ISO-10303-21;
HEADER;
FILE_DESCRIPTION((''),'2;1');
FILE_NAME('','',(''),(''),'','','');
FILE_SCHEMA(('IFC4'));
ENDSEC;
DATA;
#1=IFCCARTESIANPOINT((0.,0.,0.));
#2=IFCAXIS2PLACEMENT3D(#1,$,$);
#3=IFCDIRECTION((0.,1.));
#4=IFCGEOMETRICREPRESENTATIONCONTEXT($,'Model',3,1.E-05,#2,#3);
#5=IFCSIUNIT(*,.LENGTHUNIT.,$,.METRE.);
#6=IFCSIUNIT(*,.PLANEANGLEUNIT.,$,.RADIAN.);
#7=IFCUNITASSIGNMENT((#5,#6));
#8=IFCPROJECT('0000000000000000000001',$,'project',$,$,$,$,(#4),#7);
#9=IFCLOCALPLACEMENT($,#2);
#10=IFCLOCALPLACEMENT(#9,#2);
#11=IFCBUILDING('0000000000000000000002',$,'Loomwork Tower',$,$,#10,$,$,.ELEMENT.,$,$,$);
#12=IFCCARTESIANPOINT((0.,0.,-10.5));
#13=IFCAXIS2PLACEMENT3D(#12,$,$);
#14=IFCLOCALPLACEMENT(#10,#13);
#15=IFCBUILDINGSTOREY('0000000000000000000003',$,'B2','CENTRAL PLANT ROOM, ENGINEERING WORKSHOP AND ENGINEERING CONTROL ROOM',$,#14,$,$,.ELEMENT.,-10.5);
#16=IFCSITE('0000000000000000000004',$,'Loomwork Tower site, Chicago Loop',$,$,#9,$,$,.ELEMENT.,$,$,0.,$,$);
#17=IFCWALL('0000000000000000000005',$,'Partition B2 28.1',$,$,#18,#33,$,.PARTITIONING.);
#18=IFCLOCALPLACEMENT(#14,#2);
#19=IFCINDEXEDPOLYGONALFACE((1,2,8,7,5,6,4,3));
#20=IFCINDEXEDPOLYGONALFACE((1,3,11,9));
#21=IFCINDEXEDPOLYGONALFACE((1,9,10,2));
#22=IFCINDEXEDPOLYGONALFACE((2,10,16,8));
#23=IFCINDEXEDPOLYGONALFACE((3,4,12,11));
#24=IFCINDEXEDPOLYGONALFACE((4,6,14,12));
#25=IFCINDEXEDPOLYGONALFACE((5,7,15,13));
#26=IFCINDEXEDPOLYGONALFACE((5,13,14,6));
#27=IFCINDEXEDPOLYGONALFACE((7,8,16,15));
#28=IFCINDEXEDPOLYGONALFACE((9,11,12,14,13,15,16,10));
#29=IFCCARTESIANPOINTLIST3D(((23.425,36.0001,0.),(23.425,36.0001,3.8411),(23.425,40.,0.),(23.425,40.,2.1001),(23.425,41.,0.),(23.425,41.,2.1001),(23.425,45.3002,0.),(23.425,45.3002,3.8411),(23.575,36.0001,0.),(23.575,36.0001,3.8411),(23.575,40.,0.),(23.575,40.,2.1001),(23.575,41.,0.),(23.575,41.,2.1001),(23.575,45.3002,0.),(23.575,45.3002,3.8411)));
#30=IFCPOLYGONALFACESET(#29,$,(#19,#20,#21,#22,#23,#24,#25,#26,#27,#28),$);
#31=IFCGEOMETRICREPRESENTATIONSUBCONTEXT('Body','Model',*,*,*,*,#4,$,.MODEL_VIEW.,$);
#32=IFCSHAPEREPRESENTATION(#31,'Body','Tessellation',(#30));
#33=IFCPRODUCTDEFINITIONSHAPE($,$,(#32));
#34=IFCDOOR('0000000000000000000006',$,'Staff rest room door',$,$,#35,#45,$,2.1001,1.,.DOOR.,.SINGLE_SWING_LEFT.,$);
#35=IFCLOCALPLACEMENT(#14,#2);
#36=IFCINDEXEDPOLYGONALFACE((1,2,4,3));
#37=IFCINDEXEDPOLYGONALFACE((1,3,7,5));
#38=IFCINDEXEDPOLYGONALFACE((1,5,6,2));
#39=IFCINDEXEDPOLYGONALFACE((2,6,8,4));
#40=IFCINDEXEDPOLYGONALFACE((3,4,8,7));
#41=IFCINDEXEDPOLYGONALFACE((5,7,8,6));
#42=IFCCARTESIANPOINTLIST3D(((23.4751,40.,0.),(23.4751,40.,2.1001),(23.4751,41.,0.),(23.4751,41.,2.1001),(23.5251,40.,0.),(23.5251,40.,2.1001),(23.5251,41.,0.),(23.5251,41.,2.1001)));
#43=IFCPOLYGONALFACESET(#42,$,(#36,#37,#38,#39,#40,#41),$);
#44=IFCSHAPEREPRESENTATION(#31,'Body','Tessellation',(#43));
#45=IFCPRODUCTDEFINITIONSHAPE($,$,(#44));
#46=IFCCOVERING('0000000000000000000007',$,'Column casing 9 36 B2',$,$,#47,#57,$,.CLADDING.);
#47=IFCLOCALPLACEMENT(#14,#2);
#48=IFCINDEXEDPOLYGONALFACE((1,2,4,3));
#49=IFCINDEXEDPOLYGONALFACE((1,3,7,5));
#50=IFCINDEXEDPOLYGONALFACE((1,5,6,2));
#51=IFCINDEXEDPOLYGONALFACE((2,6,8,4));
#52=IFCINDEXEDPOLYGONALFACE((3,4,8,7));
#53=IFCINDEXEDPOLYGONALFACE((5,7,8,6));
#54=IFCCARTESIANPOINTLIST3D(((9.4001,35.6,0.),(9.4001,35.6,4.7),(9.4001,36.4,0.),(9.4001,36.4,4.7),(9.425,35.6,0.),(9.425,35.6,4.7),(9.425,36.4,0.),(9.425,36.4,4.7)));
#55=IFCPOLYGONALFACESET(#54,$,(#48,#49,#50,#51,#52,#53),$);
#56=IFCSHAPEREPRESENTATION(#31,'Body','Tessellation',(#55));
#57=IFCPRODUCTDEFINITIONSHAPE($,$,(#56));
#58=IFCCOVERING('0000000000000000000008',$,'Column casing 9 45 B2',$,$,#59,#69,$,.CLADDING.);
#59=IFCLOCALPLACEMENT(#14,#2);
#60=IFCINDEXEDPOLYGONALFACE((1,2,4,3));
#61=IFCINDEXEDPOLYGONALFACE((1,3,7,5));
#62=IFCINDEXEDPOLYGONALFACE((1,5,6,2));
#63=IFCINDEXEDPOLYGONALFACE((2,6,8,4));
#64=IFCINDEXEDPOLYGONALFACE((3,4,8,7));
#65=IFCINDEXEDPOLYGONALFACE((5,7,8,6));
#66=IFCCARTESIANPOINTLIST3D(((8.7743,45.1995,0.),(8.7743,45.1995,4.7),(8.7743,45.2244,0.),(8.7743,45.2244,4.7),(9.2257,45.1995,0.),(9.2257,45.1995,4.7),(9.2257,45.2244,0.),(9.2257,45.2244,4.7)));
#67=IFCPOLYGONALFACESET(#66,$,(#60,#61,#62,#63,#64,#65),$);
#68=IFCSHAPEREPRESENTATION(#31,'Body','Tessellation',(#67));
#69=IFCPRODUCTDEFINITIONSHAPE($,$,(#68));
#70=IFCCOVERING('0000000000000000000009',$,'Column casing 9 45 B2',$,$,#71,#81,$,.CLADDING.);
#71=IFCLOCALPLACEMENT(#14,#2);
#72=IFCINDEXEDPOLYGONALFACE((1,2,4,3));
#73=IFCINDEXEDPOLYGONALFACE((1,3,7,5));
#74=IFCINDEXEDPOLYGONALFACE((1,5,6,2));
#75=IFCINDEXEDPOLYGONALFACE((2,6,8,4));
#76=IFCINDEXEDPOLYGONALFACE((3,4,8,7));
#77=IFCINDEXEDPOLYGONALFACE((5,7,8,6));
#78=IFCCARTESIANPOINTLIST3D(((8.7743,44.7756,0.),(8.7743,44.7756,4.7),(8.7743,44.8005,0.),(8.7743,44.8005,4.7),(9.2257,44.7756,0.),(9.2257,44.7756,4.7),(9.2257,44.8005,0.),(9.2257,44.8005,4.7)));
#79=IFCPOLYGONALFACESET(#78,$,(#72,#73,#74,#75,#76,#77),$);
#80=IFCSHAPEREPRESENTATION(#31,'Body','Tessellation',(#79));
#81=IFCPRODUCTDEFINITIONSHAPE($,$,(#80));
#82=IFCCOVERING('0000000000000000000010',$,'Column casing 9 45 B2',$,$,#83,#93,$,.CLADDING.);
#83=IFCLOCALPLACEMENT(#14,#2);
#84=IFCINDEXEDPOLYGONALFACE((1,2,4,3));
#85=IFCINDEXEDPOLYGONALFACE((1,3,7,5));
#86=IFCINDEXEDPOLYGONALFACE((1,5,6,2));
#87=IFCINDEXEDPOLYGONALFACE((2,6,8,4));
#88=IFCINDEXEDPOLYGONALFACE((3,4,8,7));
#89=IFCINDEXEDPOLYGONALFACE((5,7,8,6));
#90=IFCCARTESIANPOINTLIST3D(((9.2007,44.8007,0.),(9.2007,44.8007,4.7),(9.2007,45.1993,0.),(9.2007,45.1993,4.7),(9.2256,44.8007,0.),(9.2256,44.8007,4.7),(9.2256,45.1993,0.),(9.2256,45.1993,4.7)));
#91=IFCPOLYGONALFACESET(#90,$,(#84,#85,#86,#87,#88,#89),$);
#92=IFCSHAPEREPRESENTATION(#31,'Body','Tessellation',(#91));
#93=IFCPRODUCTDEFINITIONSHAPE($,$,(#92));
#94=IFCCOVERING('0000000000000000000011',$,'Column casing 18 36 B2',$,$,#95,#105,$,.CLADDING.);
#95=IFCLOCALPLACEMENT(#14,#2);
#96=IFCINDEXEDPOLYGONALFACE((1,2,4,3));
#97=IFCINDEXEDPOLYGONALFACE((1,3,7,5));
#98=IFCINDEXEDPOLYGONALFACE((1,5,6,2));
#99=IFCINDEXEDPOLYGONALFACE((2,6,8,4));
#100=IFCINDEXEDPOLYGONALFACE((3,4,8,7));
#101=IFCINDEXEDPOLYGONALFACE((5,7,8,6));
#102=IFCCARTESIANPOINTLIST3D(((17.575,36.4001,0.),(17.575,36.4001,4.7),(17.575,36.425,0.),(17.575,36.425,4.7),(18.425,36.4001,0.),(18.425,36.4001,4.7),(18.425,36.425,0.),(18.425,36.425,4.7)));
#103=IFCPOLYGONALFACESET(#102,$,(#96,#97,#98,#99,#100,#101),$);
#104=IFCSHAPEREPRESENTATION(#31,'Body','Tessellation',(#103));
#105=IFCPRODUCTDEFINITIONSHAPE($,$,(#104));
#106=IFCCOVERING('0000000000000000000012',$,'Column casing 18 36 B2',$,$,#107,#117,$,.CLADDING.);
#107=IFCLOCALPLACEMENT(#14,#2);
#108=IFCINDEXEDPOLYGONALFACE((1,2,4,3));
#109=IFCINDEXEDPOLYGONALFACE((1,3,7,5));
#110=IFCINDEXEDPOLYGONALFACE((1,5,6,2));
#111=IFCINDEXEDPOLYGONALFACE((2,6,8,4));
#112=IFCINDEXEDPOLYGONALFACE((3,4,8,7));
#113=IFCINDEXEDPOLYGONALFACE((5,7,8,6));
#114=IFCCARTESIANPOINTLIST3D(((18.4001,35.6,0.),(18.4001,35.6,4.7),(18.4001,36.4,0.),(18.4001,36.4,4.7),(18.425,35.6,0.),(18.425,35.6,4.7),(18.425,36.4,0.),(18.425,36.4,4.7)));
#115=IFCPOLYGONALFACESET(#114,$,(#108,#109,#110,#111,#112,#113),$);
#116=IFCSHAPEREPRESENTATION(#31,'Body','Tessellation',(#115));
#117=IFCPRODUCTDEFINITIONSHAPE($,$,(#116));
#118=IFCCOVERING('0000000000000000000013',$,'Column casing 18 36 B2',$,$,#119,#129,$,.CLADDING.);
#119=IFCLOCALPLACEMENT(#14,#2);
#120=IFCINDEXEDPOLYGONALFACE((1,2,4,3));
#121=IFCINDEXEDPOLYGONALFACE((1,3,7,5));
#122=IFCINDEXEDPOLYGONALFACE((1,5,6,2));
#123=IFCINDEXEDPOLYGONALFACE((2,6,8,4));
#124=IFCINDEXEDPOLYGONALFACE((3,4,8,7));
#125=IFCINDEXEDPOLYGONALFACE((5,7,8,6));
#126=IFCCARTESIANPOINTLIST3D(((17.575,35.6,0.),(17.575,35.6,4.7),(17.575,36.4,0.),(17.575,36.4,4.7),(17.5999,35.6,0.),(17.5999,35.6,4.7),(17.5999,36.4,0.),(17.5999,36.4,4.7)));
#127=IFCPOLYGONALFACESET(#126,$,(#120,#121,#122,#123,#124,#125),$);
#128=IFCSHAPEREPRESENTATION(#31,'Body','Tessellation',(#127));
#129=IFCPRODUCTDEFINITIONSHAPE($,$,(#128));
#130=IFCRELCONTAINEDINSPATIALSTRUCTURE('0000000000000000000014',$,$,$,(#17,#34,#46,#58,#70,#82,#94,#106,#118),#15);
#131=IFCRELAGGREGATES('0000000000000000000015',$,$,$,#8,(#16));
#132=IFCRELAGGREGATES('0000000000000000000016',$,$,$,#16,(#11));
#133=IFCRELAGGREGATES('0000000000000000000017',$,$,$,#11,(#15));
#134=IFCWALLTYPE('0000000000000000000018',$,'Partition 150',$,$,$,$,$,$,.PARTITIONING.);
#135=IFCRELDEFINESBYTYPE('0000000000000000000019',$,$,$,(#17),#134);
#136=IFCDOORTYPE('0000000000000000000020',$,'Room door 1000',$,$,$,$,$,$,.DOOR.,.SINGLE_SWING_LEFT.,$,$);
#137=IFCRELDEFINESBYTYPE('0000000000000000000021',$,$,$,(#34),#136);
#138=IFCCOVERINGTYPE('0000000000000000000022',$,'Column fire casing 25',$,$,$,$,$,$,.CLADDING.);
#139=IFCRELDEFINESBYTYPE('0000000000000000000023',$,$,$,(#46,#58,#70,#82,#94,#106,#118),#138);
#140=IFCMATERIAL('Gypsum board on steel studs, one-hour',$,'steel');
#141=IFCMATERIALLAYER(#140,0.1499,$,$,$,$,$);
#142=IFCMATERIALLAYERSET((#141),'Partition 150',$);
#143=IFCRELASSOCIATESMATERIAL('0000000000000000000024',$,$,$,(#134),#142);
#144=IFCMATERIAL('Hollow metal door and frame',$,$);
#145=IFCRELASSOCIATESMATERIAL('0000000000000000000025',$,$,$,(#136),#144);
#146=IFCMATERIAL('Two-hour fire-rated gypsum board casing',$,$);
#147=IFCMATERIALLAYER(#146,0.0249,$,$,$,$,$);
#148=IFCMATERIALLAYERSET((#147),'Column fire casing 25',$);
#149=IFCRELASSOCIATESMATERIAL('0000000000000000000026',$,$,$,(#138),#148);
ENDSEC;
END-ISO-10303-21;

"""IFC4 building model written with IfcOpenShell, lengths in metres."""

from ifc_helpers import new_model, si_unit, direction, frame, frame_2d, origin, origin_2d, place, context, subcontext, project, spatial, rectangle, extrude, material, layer, layer_set, type_object, element, fill, save


model = new_model("IFC4")

# Units and contexts
model_context = context("Model", 3, precision=1e-05, world=origin(), true_north=direction((0.0, 1.0)))
body_context = subcontext(model_context, "Body", "Model", "MODEL_VIEW")
ifc_project = project(units=[si_unit("LENGTHUNIT", "METRE"), si_unit("PLANEANGLEUNIT", "RADIAN")], contexts=[model_context])

# Site, building, storey
site_placement = place(None, origin())
site = spatial("IfcSite", under=ifc_project, at=site_placement, Name="Loomwork Tower site, Chicago Loop", CompositionType="ELEMENT", RefElevation=0.0)
building_placement = place(site_placement, origin())
building = spatial("IfcBuilding", under=site, at=building_placement, Name="Loomwork Tower", CompositionType="ELEMENT")
storey_placement = place(building_placement, frame((0.0, 0.0, -10.5)))
storey = spatial("IfcBuildingStorey", under=building, at=storey_placement, Name="B2", Description="CENTRAL PLANT ROOM, ENGINEERING WORKSHOP AND ENGINEERING CONTROL ROOM", CompositionType="ELEMENT", Elevation=-10.5)

# Shared definitions
ifc_material_1 = material(Name="Gypsum board on steel studs, one-hour", Category="steel")
ifc_layer_1 = layer(ifc_material_1, 0.1499)
ifc_layer_set_1 = layer_set([ifc_layer_1], Name="Partition 150")
wall_type = type_object("IfcWallType", Name="Partition 150", PredefinedType="PARTITIONING", material=ifc_layer_set_1)

# Wall, opening, door
wall_1_placement = place(storey_placement, frame((23.5, 45.3, 0.0), z_axis=(0.0, 0.0, 1.0), x_axis=(0.0, -1.0, 0.0)))
wall_1 = element("IfcWall", 1, at=wall_1_placement, inside=storey, type_object=wall_type, Name="Partition B2 28.1", PredefinedType="PARTITIONING", context=body_context, shape_type="SweptSolid", body=[
    extrude(rectangle(XDim=9.3, YDim=0.1499, at=frame_2d((4.6499, 0.0))), origin(), (0.0, 0.0, 1.0), 3.8411),
])
opening_placement = place(wall_1_placement, frame((4.3, 0.0, 0.0)))
opening = element("IfcOpeningElement", 2, at=opening_placement, cuts=wall_1, PredefinedType="OPENING", context=body_context, shape_type="SweptSolid", body=[
    extrude(rectangle(XDim=1.0, YDim=2.1001, at=frame_2d((0.5, 1.05))), frame((0.0, 0.085, 0.0), z_axis=(0.0, -1.0, 0.0), x_axis=(1.0, 0.0, 0.0)), (0.0, 0.0, 1.0), 0.1699),
])
ifc_material_2 = material(Name="Hollow metal door and frame")
door_type = type_object("IfcDoorType", Name="Room door 1000", OperationType="SINGLE_SWING_LEFT", PredefinedType="DOOR", material=ifc_material_2)
door_placement = place(opening_placement, frame((1.0, 0.0, 0.0), z_axis=(0.0, 0.0, 1.0), x_axis=(-1.0, 0.0, 0.0)))
door = element("IfcDoor", 3, at=door_placement, inside=storey, type_object=door_type, Name="Staff rest room door", OperationType="SINGLE_SWING_LEFT", OverallHeight=2.1001, OverallWidth=1.0, PredefinedType="DOOR", context=body_context, shape_type="SweptSolid", body=[
    extrude(rectangle(XDim=1.0, YDim=2.1001, at=frame_2d((0.5, 1.05))), frame((0.0, 0.0249, 0.0), z_axis=(0.0, -1.0, 0.0), x_axis=(1.0, 0.0, 0.0)), (0.0, 0.0, 1.0), 0.05),
])
fill(opening, door)

# Coverings
ifc_material_3 = material(Name="Two-hour fire-rated gypsum board casing")
ifc_layer_2 = layer(ifc_material_3, 0.0249)
ifc_layer_set_2 = layer_set([ifc_layer_2], Name="Column fire casing 25")
covering_type = type_object("IfcCoveringType", Name="Column fire casing 25", PredefinedType="CLADDING", material=ifc_layer_set_2)
covering_1_placement = place(storey_placement, frame((9.4126, 36.0, 0.0), z_axis=(0.0, 0.0, 1.0), x_axis=(1.0, 0.0, 0.0)))
element("IfcCovering", 4, at=covering_1_placement, inside=storey, type_object=covering_type, Name="Column casing 9 36 B2", PredefinedType="CLADDING", context=body_context, shape_type="SweptSolid", body=[
    extrude(rectangle(XDim=0.0249, YDim=0.8, at=origin_2d()), origin(), (0.0, 0.0, 1.0), 4.7),
])
for number, where, z_axis, x_axis, name in (
    (5, (9.0, 45.2119, 0.0), (0.0, 0.0, 1.0), (1.0, 0.0, 0.0), "Column casing 9 45 B2"),
    (6, (9.0, 44.7881, 0.0), (0.0, 0.0, 1.0), (1.0, 0.0, 0.0), "Column casing 9 45 B2"),
):
    element("IfcCovering", number, at=place(storey_placement, frame(where, z_axis=z_axis, x_axis=x_axis)), inside=storey, type_object=covering_type, Name=name, PredefinedType="CLADDING", context=body_context, shape_type="SweptSolid", body=[
        extrude(rectangle(XDim=0.4514, YDim=0.0249, at=origin_2d()), origin(), (0.0, 0.0, 1.0), 4.7),
    ])
covering_2_placement = place(storey_placement, frame((9.2131, 45.0, 0.0), z_axis=(0.0, 0.0, 1.0), x_axis=(1.0, 0.0, 0.0)))
element("IfcCovering", 7, at=covering_2_placement, inside=storey, type_object=covering_type, Name="Column casing 9 45 B2", PredefinedType="CLADDING", context=body_context, shape_type="SweptSolid", body=[
    extrude(rectangle(XDim=0.0249, YDim=0.3987, at=origin_2d()), origin(), (0.0, 0.0, 1.0), 4.7),
])
covering_3_placement = place(storey_placement, frame((18.0, 36.4126, 0.0), z_axis=(0.0, 0.0, 1.0), x_axis=(1.0, 0.0, 0.0)))
element("IfcCovering", 8, at=covering_3_placement, inside=storey, type_object=covering_type, Name="Column casing 18 36 B2", PredefinedType="CLADDING", context=body_context, shape_type="SweptSolid", body=[
    extrude(rectangle(XDim=0.8501, YDim=0.0249, at=origin_2d()), origin(), (0.0, 0.0, 1.0), 4.7),
])
for number, where, z_axis, x_axis, name in (
    (9, (18.4126, 36.0, 0.0), (0.0, 0.0, 1.0), (1.0, 0.0, 0.0), "Column casing 18 36 B2"),
    (10, (17.5874, 36.0, 0.0), (0.0, 0.0, 1.0), (1.0, 0.0, 0.0), "Column casing 18 36 B2"),
):
    element("IfcCovering", number, at=place(storey_placement, frame(where, z_axis=z_axis, x_axis=x_axis)), inside=storey, type_object=covering_type, Name=name, PredefinedType="CLADDING", context=body_context, shape_type="SweptSolid", body=[
        extrude(rectangle(XDim=0.0249, YDim=0.8, at=origin_2d()), origin(), (0.0, 0.0, 1.0), 4.7),
    ])

save(model, "model.ifc")
